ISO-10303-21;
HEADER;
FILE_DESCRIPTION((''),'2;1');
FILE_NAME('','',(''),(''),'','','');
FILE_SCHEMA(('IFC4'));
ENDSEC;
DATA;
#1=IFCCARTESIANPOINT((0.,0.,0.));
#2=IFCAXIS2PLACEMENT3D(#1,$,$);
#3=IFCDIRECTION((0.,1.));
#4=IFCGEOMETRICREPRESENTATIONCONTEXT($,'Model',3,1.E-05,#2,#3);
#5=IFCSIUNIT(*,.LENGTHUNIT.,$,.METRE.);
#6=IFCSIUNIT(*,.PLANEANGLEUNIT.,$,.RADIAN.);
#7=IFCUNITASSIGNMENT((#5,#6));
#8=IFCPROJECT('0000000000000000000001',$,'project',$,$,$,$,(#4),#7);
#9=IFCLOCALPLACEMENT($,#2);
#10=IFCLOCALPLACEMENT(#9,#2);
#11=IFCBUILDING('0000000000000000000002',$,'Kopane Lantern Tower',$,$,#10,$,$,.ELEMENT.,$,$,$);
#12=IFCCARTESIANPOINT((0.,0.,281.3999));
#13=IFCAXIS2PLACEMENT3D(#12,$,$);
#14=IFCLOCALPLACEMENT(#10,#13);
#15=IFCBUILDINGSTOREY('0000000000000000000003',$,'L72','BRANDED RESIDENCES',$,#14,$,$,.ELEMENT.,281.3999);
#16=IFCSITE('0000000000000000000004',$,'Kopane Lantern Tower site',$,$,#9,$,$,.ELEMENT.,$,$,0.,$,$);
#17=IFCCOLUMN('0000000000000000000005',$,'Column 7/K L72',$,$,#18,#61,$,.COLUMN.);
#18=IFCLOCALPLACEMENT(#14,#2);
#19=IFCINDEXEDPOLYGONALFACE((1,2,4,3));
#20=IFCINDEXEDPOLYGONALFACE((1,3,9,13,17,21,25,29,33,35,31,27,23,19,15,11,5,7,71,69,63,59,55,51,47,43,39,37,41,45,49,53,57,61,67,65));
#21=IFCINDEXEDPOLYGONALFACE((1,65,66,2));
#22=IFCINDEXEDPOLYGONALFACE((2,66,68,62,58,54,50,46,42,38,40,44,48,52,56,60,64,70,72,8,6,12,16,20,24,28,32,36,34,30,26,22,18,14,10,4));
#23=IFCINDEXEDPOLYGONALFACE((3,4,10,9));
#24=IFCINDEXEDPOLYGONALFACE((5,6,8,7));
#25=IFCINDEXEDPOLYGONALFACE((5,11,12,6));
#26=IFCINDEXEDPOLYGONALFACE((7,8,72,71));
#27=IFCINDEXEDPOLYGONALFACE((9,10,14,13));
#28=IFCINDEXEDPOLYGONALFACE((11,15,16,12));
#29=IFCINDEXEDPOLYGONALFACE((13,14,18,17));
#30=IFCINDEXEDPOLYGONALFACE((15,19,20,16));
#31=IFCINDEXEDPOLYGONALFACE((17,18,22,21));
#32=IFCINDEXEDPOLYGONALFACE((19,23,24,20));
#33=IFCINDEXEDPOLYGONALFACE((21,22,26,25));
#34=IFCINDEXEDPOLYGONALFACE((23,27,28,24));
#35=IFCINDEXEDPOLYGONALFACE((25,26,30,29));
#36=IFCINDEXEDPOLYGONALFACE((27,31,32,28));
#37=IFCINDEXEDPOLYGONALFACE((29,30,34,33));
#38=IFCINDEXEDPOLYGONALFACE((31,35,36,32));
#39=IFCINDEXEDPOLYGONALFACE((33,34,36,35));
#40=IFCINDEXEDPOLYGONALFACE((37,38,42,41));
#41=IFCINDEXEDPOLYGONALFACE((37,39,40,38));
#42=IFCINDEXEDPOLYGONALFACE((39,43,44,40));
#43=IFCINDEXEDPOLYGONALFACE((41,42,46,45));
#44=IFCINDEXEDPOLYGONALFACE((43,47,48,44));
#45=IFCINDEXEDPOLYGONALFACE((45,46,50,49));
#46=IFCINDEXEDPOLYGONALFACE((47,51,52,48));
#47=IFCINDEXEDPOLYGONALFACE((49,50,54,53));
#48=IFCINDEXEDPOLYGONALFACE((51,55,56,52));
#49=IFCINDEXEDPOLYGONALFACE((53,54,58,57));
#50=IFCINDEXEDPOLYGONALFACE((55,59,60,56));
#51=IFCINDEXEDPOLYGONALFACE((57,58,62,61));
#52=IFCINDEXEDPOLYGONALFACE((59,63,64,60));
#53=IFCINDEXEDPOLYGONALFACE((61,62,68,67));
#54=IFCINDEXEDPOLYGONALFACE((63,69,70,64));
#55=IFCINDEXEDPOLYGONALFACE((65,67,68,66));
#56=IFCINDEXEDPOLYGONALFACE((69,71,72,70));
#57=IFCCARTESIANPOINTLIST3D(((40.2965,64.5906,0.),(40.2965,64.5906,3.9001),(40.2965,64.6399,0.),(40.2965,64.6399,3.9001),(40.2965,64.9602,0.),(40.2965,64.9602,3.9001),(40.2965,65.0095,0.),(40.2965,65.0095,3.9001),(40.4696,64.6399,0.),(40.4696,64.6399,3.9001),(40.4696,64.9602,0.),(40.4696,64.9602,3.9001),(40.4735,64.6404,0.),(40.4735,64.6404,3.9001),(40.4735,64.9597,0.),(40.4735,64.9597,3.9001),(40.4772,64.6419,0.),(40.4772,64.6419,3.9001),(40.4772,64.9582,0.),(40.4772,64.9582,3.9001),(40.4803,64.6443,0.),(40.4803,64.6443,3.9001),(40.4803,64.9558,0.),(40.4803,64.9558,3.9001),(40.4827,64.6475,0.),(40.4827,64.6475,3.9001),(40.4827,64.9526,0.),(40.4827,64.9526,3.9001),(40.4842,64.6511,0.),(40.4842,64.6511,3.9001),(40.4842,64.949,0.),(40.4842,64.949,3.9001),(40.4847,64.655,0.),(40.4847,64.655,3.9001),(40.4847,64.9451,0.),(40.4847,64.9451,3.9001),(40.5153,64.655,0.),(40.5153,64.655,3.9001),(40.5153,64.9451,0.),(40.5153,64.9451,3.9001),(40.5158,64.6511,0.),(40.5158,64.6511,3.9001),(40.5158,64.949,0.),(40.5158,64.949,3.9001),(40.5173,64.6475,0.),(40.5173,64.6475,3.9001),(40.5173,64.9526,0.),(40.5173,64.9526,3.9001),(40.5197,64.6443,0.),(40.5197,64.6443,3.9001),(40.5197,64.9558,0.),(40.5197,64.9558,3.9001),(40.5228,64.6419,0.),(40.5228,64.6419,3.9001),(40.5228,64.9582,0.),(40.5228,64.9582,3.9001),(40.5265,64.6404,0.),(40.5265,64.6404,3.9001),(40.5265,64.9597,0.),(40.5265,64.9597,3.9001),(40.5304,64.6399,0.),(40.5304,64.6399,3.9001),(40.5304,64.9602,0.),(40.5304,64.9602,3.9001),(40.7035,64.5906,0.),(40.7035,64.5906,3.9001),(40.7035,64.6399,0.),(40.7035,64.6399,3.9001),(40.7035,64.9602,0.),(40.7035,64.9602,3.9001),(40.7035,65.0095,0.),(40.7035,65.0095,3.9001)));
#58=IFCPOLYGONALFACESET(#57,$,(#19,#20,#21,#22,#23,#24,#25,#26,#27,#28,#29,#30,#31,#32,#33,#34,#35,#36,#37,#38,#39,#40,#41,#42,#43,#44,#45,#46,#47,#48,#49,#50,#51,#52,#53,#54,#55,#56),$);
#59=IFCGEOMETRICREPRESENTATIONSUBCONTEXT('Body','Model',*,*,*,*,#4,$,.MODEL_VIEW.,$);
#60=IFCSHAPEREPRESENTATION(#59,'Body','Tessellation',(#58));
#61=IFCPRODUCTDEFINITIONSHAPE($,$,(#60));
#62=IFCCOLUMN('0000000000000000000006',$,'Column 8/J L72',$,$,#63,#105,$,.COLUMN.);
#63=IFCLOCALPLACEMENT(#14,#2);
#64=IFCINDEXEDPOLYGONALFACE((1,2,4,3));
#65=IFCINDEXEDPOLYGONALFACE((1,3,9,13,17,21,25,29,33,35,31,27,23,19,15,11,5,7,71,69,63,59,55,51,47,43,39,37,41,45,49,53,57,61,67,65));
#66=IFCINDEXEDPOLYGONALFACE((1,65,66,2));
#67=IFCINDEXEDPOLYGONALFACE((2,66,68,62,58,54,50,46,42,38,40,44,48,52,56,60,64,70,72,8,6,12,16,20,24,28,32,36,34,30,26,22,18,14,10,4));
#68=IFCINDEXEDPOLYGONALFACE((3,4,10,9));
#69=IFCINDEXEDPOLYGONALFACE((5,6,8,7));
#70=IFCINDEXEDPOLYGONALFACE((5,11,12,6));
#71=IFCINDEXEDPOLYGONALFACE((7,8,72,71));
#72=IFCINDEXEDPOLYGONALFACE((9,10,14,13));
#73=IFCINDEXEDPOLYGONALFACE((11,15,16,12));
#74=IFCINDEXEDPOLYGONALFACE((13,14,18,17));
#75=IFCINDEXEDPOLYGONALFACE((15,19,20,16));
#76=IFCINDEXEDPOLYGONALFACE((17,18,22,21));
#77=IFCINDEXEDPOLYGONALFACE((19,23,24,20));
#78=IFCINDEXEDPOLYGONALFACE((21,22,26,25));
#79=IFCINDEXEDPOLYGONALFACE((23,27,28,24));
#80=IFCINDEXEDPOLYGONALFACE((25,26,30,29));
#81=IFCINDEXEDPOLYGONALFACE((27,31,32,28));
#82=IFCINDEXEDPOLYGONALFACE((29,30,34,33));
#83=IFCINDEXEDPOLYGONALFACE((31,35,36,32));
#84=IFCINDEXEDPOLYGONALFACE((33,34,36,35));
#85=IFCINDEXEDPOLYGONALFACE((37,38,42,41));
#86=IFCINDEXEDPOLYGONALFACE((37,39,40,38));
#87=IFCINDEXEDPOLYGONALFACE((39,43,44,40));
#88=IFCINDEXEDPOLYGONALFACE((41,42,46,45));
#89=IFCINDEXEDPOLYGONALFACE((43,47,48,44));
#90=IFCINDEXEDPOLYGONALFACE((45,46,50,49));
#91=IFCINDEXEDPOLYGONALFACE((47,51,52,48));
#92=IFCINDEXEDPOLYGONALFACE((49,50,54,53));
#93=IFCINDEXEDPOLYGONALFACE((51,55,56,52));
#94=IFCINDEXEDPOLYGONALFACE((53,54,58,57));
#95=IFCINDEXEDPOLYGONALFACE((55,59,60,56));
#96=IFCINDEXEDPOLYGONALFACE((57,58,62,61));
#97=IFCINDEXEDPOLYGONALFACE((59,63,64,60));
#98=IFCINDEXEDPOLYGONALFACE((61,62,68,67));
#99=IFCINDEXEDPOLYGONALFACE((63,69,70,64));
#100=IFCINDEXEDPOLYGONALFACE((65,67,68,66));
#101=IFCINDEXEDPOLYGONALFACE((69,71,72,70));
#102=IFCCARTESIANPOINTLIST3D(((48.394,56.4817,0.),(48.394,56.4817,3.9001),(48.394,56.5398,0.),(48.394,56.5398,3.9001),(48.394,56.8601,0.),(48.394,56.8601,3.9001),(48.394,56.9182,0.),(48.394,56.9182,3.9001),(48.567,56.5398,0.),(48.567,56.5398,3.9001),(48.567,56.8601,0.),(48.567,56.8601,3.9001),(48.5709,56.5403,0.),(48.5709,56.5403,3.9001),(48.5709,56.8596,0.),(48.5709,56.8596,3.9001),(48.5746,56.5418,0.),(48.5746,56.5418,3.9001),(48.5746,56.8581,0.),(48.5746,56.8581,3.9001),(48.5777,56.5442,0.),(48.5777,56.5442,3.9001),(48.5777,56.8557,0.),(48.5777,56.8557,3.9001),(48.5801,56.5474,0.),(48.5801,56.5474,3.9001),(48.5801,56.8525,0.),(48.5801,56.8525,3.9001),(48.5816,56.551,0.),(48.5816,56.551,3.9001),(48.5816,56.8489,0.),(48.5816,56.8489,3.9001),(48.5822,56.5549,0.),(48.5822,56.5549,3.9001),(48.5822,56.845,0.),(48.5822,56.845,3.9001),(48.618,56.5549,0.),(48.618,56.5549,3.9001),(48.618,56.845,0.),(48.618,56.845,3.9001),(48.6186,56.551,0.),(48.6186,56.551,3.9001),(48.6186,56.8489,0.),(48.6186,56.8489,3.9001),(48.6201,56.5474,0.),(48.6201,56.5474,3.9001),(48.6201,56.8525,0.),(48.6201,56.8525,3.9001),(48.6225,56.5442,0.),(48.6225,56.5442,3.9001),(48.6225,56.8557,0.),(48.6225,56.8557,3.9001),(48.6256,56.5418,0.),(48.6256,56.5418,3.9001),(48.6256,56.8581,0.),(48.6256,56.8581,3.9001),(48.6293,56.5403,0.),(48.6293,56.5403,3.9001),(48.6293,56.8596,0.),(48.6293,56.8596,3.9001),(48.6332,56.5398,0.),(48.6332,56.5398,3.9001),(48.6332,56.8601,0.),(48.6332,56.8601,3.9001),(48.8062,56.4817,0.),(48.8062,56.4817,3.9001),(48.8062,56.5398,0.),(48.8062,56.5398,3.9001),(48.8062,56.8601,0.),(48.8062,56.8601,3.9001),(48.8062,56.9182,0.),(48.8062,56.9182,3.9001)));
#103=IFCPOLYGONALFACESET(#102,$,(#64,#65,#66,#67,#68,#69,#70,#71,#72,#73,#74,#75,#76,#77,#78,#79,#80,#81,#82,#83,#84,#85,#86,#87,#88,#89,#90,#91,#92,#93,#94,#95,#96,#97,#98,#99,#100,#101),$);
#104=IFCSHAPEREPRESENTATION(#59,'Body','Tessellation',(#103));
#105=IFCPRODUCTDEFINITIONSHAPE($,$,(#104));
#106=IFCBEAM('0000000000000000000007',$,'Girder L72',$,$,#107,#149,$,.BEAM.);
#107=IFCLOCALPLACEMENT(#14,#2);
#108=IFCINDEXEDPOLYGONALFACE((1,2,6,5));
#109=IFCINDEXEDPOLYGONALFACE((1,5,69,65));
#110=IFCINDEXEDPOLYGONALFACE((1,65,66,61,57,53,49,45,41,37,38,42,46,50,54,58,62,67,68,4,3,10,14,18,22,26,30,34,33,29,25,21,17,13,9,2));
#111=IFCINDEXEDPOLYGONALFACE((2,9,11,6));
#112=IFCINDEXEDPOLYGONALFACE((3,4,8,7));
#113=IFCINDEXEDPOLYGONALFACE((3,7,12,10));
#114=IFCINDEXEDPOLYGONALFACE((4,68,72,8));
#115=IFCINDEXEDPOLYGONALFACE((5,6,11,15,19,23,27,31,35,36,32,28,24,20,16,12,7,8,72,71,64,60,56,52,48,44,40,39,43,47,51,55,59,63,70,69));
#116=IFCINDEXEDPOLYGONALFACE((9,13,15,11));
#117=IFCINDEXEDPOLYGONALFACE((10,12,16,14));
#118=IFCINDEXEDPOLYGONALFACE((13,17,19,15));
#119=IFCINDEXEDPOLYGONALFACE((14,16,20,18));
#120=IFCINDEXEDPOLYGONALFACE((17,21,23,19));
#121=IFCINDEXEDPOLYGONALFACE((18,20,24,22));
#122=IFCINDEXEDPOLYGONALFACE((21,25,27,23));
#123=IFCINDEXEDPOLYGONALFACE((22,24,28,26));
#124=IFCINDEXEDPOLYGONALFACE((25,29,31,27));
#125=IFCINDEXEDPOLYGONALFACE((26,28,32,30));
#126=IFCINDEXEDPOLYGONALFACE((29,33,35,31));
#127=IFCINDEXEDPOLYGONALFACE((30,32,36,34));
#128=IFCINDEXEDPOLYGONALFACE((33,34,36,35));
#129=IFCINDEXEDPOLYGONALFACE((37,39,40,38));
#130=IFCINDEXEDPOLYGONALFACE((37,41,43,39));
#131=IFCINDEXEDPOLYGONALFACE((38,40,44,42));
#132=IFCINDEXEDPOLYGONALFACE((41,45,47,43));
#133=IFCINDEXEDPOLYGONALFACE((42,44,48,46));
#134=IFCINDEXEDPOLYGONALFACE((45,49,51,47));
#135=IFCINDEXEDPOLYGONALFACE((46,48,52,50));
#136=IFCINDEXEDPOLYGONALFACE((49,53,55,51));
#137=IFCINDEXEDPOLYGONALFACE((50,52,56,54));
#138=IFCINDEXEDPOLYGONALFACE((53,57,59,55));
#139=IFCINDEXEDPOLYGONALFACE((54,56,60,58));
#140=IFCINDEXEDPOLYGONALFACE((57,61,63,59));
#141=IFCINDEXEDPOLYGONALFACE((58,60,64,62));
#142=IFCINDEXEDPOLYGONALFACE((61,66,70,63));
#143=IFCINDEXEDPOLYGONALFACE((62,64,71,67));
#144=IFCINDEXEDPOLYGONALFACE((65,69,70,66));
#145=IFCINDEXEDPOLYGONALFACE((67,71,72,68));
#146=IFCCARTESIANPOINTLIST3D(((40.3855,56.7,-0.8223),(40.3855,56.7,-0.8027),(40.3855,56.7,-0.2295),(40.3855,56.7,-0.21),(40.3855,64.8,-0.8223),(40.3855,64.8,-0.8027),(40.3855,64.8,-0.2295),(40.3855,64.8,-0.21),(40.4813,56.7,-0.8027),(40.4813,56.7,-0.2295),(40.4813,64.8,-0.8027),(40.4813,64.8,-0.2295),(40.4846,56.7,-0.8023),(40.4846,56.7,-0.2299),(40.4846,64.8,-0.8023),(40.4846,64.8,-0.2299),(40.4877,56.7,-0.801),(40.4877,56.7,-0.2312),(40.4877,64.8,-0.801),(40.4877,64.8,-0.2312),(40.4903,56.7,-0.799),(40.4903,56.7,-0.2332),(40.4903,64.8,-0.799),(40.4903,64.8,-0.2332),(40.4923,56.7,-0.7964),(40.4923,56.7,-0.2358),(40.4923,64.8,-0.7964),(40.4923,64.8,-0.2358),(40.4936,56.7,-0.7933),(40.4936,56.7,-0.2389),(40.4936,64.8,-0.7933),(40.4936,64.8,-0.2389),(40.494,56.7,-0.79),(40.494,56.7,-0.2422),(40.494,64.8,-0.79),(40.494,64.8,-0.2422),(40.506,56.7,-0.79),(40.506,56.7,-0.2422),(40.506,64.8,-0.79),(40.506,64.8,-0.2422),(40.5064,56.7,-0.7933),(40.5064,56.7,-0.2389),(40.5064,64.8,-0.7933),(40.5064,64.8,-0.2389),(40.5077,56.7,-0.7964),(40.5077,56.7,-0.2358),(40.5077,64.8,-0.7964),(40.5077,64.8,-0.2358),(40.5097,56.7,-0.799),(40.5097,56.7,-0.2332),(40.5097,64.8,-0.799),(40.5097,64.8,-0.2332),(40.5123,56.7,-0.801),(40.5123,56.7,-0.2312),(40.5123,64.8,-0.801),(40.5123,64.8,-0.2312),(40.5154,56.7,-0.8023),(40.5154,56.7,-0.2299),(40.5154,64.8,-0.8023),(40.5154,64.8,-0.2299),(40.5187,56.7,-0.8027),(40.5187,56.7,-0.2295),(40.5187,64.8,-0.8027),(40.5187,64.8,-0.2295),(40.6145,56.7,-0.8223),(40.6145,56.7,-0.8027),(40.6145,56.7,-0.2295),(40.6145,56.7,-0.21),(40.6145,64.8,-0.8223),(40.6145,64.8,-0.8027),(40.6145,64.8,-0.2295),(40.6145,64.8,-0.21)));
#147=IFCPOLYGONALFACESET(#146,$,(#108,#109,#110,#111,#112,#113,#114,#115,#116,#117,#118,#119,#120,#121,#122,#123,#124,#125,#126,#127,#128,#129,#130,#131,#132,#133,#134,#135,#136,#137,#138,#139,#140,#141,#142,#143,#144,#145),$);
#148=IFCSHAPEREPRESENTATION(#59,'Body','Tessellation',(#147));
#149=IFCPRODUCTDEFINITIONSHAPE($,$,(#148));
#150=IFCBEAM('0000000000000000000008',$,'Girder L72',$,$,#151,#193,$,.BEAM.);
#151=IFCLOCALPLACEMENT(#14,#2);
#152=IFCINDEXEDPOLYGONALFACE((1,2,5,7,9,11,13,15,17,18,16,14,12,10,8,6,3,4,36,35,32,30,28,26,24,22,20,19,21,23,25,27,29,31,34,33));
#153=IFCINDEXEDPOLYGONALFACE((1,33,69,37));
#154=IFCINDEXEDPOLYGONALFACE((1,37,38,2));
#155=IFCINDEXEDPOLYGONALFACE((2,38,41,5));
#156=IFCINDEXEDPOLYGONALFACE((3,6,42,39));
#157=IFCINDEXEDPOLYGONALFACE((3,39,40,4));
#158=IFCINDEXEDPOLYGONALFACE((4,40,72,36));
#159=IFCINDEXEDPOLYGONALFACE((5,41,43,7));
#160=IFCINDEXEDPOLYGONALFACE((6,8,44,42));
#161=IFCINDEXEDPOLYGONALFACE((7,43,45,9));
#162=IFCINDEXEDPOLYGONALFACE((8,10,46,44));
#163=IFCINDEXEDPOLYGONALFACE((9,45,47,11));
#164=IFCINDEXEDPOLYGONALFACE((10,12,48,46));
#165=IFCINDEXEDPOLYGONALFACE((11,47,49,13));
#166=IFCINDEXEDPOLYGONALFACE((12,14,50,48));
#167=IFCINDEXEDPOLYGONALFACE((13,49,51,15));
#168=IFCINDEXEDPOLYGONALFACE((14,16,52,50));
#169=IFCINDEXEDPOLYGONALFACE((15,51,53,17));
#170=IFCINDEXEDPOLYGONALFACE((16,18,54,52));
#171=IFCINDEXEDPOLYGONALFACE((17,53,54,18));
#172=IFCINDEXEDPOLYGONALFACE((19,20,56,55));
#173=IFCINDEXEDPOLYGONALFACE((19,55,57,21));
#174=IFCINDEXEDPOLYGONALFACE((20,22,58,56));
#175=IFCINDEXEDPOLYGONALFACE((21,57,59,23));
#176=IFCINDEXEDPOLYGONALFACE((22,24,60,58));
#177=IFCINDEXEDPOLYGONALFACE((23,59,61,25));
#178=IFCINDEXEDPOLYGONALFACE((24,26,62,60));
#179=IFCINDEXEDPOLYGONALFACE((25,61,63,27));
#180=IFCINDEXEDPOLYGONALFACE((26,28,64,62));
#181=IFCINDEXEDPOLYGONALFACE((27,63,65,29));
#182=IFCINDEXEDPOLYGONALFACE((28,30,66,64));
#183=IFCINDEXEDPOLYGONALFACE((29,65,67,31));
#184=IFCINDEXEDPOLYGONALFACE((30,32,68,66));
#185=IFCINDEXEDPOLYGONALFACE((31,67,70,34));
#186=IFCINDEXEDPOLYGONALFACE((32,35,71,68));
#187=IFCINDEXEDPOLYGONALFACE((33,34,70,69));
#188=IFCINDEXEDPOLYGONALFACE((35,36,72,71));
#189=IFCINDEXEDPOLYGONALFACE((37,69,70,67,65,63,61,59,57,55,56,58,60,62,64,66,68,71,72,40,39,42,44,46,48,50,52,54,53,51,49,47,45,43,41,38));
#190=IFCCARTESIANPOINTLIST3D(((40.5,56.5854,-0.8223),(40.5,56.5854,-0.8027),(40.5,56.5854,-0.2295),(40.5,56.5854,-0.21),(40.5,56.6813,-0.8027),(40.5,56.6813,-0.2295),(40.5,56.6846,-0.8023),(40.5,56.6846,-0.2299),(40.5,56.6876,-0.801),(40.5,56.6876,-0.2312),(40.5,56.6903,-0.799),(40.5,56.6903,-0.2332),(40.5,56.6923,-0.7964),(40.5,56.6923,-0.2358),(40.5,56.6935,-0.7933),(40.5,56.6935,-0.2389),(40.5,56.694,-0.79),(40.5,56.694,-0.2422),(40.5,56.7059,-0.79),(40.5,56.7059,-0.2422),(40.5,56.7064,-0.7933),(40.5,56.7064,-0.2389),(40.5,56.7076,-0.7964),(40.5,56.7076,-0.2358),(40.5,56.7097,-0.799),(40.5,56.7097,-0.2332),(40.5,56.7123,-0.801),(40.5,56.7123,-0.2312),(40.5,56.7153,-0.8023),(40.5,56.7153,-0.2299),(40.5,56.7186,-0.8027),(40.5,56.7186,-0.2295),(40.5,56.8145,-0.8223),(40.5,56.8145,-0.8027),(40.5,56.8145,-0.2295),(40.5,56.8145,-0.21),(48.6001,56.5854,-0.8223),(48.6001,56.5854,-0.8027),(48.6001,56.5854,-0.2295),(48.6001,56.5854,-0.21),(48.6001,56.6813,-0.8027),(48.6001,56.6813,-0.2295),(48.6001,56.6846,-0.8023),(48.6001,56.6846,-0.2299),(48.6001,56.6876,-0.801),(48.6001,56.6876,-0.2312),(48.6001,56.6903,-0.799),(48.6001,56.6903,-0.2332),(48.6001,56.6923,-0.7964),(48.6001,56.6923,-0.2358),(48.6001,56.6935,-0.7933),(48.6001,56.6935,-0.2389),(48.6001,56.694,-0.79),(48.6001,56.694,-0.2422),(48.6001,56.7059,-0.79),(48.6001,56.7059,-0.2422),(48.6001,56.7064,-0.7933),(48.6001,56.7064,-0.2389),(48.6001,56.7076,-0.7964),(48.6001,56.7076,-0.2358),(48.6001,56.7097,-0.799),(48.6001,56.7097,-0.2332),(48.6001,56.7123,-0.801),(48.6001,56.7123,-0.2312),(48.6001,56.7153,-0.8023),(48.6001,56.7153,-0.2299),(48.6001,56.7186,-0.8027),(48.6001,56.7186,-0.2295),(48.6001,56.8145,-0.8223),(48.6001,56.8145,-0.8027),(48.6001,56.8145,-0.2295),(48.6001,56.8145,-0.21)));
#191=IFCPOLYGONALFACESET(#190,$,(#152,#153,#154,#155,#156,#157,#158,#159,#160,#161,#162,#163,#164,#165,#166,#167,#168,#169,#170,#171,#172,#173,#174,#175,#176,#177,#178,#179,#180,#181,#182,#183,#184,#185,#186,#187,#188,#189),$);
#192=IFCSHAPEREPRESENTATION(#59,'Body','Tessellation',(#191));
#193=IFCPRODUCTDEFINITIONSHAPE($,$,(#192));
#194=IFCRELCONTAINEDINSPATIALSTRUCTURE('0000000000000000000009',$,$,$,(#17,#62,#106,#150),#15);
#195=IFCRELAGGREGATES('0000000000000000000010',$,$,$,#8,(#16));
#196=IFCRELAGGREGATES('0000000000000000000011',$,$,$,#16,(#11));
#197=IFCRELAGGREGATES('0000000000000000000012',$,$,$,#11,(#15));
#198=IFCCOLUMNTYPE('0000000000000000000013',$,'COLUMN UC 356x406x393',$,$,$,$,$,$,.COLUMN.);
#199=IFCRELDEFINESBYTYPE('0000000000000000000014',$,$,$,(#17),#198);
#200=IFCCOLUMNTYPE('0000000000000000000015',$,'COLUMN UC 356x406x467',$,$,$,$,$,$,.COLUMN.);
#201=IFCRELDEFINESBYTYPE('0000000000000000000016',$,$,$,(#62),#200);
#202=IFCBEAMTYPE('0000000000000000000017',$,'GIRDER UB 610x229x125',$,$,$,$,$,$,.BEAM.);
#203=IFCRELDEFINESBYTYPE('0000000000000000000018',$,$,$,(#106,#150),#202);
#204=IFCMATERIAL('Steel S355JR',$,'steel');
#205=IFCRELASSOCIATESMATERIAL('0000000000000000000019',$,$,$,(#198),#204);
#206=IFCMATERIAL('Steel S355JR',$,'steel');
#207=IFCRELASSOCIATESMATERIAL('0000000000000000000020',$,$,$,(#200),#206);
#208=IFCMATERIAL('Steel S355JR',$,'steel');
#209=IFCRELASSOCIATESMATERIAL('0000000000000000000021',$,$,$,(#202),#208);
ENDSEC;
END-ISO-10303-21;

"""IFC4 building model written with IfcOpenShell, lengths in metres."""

from ifc_helpers import new_model, si_unit, direction, frame, origin, origin_2d, place, context, subcontext, project, spatial, i_section, extrude, material, material_profile, profile_set, type_object, element, save


model = new_model("IFC4")

# Units and contexts
model_context = context("Model", 3, precision=1e-05, world=origin(), true_north=direction((0.0, 1.0)))
body_context = subcontext(model_context, "Body", "Model", "MODEL_VIEW")
ifc_project = project(units=[si_unit("LENGTHUNIT", "METRE"), si_unit("PLANEANGLEUNIT", "RADIAN")], contexts=[model_context])

# Site, building, storey
site_placement = place(None, origin())
site = spatial("IfcSite", under=ifc_project, at=site_placement, Name="Kopane Lantern Tower site", CompositionType="ELEMENT", RefElevation=0.0)
building_placement = place(site_placement, origin())
building = spatial("IfcBuilding", under=site, at=building_placement, Name="Kopane Lantern Tower", CompositionType="ELEMENT")
storey_placement = place(building_placement, frame((0.0, 0.0, 281.3999)))
storey = spatial("IfcBuildingStorey", under=building, at=storey_placement, Name="L72", Description="BRANDED RESIDENCES", CompositionType="ELEMENT", Elevation=281.3999)

# Columns
ifc_material_1 = material(Name="Steel S355JR", Category="steel")
ifc_material_profile_1 = material_profile(ifc_material_1, i_section(OverallWidth=0.407, OverallDepth=0.4189, WebThickness=0.0305, FlangeThickness=0.0493, FilletRadius=0.0151, at=origin_2d()), Name="UC 356x406x393")
ifc_profile_set_1 = profile_set([ifc_material_profile_1], Name="Steel S355JR")
column_type_1 = type_object("IfcColumnType", Name="COLUMN UC 356x406x393", PredefinedType="COLUMN", material=ifc_profile_set_1)
column_1_placement = place(storey_placement, frame((40.5, 64.8, 0.0), z_axis=(0.0, 0.0, 1.0), x_axis=(1.0, 0.0, 0.0)))
element("IfcColumn", 1, at=column_1_placement, inside=storey, type_object=column_type_1, Name="Column 7/K L72", PredefinedType="COLUMN", context=body_context, shape_type="SweptSolid", body=[
    extrude(i_section(OverallWidth=0.407, OverallDepth=0.4189, WebThickness=0.0305, FlangeThickness=0.0493, FilletRadius=0.0151, at=origin_2d()), origin(), (0.0, 0.0, 1.0), 3.9001),
])
ifc_material_2 = material(Name="Steel S355JR", Category="steel")
ifc_material_profile_2 = material_profile(ifc_material_2, i_section(OverallWidth=0.4121, OverallDepth=0.4365, WebThickness=0.0359, FlangeThickness=0.0581, FilletRadius=0.0151, at=origin_2d()), Name="UC 356x406x467")
ifc_profile_set_2 = profile_set([ifc_material_profile_2], Name="Steel S355JR")
column_type_2 = type_object("IfcColumnType", Name="COLUMN UC 356x406x467", PredefinedType="COLUMN", material=ifc_profile_set_2)
column_2_placement = place(storey_placement, frame((48.6001, 56.7, 0.0), z_axis=(0.0, 0.0, 1.0), x_axis=(1.0, 0.0, 0.0)))
element("IfcColumn", 2, at=column_2_placement, inside=storey, type_object=column_type_2, Name="Column 8/J L72", PredefinedType="COLUMN", context=body_context, shape_type="SweptSolid", body=[
    extrude(i_section(OverallWidth=0.4121, OverallDepth=0.4365, WebThickness=0.0359, FlangeThickness=0.0581, FilletRadius=0.0151, at=origin_2d()), origin(), (0.0, 0.0, 1.0), 3.9001),
])

# Beams
ifc_material_3 = material(Name="Steel S355JR", Category="steel")
ifc_material_profile_3 = material_profile(ifc_material_3, i_section(OverallWidth=0.229, OverallDepth=0.6123, WebThickness=0.012, FlangeThickness=0.0195, FilletRadius=0.0127, at=origin_2d()), Name="UB 610x229x125")
ifc_profile_set_3 = profile_set([ifc_material_profile_3], Name="Steel S355JR")
beam_type = type_object("IfcBeamType", Name="GIRDER UB 610x229x125", PredefinedType="BEAM", material=ifc_profile_set_3)
for number, where, z_axis, x_axis, name in (
    (3, (40.5, 56.7, -0.5161), (0.0, 1.0, 0.0), (-1.0, 0.0, 0.0), "Girder L72"),
    (4, (40.5, 56.7, -0.5161), (1.0, 0.0, 0.0), (0.0, 1.0, 0.0), "Girder L72"),
):
    element("IfcBeam", number, at=place(storey_placement, frame(where, z_axis=z_axis, x_axis=x_axis)), inside=storey, type_object=beam_type, Name=name, PredefinedType="BEAM", context=body_context, shape_type="SweptSolid", body=[
        extrude(i_section(OverallWidth=0.229, OverallDepth=0.6123, WebThickness=0.012, FlangeThickness=0.0195, FilletRadius=0.0127, at=origin_2d()), origin(), (0.0, 0.0, 1.0), 8.1001),
    ])

save(model, "model.ifc")
